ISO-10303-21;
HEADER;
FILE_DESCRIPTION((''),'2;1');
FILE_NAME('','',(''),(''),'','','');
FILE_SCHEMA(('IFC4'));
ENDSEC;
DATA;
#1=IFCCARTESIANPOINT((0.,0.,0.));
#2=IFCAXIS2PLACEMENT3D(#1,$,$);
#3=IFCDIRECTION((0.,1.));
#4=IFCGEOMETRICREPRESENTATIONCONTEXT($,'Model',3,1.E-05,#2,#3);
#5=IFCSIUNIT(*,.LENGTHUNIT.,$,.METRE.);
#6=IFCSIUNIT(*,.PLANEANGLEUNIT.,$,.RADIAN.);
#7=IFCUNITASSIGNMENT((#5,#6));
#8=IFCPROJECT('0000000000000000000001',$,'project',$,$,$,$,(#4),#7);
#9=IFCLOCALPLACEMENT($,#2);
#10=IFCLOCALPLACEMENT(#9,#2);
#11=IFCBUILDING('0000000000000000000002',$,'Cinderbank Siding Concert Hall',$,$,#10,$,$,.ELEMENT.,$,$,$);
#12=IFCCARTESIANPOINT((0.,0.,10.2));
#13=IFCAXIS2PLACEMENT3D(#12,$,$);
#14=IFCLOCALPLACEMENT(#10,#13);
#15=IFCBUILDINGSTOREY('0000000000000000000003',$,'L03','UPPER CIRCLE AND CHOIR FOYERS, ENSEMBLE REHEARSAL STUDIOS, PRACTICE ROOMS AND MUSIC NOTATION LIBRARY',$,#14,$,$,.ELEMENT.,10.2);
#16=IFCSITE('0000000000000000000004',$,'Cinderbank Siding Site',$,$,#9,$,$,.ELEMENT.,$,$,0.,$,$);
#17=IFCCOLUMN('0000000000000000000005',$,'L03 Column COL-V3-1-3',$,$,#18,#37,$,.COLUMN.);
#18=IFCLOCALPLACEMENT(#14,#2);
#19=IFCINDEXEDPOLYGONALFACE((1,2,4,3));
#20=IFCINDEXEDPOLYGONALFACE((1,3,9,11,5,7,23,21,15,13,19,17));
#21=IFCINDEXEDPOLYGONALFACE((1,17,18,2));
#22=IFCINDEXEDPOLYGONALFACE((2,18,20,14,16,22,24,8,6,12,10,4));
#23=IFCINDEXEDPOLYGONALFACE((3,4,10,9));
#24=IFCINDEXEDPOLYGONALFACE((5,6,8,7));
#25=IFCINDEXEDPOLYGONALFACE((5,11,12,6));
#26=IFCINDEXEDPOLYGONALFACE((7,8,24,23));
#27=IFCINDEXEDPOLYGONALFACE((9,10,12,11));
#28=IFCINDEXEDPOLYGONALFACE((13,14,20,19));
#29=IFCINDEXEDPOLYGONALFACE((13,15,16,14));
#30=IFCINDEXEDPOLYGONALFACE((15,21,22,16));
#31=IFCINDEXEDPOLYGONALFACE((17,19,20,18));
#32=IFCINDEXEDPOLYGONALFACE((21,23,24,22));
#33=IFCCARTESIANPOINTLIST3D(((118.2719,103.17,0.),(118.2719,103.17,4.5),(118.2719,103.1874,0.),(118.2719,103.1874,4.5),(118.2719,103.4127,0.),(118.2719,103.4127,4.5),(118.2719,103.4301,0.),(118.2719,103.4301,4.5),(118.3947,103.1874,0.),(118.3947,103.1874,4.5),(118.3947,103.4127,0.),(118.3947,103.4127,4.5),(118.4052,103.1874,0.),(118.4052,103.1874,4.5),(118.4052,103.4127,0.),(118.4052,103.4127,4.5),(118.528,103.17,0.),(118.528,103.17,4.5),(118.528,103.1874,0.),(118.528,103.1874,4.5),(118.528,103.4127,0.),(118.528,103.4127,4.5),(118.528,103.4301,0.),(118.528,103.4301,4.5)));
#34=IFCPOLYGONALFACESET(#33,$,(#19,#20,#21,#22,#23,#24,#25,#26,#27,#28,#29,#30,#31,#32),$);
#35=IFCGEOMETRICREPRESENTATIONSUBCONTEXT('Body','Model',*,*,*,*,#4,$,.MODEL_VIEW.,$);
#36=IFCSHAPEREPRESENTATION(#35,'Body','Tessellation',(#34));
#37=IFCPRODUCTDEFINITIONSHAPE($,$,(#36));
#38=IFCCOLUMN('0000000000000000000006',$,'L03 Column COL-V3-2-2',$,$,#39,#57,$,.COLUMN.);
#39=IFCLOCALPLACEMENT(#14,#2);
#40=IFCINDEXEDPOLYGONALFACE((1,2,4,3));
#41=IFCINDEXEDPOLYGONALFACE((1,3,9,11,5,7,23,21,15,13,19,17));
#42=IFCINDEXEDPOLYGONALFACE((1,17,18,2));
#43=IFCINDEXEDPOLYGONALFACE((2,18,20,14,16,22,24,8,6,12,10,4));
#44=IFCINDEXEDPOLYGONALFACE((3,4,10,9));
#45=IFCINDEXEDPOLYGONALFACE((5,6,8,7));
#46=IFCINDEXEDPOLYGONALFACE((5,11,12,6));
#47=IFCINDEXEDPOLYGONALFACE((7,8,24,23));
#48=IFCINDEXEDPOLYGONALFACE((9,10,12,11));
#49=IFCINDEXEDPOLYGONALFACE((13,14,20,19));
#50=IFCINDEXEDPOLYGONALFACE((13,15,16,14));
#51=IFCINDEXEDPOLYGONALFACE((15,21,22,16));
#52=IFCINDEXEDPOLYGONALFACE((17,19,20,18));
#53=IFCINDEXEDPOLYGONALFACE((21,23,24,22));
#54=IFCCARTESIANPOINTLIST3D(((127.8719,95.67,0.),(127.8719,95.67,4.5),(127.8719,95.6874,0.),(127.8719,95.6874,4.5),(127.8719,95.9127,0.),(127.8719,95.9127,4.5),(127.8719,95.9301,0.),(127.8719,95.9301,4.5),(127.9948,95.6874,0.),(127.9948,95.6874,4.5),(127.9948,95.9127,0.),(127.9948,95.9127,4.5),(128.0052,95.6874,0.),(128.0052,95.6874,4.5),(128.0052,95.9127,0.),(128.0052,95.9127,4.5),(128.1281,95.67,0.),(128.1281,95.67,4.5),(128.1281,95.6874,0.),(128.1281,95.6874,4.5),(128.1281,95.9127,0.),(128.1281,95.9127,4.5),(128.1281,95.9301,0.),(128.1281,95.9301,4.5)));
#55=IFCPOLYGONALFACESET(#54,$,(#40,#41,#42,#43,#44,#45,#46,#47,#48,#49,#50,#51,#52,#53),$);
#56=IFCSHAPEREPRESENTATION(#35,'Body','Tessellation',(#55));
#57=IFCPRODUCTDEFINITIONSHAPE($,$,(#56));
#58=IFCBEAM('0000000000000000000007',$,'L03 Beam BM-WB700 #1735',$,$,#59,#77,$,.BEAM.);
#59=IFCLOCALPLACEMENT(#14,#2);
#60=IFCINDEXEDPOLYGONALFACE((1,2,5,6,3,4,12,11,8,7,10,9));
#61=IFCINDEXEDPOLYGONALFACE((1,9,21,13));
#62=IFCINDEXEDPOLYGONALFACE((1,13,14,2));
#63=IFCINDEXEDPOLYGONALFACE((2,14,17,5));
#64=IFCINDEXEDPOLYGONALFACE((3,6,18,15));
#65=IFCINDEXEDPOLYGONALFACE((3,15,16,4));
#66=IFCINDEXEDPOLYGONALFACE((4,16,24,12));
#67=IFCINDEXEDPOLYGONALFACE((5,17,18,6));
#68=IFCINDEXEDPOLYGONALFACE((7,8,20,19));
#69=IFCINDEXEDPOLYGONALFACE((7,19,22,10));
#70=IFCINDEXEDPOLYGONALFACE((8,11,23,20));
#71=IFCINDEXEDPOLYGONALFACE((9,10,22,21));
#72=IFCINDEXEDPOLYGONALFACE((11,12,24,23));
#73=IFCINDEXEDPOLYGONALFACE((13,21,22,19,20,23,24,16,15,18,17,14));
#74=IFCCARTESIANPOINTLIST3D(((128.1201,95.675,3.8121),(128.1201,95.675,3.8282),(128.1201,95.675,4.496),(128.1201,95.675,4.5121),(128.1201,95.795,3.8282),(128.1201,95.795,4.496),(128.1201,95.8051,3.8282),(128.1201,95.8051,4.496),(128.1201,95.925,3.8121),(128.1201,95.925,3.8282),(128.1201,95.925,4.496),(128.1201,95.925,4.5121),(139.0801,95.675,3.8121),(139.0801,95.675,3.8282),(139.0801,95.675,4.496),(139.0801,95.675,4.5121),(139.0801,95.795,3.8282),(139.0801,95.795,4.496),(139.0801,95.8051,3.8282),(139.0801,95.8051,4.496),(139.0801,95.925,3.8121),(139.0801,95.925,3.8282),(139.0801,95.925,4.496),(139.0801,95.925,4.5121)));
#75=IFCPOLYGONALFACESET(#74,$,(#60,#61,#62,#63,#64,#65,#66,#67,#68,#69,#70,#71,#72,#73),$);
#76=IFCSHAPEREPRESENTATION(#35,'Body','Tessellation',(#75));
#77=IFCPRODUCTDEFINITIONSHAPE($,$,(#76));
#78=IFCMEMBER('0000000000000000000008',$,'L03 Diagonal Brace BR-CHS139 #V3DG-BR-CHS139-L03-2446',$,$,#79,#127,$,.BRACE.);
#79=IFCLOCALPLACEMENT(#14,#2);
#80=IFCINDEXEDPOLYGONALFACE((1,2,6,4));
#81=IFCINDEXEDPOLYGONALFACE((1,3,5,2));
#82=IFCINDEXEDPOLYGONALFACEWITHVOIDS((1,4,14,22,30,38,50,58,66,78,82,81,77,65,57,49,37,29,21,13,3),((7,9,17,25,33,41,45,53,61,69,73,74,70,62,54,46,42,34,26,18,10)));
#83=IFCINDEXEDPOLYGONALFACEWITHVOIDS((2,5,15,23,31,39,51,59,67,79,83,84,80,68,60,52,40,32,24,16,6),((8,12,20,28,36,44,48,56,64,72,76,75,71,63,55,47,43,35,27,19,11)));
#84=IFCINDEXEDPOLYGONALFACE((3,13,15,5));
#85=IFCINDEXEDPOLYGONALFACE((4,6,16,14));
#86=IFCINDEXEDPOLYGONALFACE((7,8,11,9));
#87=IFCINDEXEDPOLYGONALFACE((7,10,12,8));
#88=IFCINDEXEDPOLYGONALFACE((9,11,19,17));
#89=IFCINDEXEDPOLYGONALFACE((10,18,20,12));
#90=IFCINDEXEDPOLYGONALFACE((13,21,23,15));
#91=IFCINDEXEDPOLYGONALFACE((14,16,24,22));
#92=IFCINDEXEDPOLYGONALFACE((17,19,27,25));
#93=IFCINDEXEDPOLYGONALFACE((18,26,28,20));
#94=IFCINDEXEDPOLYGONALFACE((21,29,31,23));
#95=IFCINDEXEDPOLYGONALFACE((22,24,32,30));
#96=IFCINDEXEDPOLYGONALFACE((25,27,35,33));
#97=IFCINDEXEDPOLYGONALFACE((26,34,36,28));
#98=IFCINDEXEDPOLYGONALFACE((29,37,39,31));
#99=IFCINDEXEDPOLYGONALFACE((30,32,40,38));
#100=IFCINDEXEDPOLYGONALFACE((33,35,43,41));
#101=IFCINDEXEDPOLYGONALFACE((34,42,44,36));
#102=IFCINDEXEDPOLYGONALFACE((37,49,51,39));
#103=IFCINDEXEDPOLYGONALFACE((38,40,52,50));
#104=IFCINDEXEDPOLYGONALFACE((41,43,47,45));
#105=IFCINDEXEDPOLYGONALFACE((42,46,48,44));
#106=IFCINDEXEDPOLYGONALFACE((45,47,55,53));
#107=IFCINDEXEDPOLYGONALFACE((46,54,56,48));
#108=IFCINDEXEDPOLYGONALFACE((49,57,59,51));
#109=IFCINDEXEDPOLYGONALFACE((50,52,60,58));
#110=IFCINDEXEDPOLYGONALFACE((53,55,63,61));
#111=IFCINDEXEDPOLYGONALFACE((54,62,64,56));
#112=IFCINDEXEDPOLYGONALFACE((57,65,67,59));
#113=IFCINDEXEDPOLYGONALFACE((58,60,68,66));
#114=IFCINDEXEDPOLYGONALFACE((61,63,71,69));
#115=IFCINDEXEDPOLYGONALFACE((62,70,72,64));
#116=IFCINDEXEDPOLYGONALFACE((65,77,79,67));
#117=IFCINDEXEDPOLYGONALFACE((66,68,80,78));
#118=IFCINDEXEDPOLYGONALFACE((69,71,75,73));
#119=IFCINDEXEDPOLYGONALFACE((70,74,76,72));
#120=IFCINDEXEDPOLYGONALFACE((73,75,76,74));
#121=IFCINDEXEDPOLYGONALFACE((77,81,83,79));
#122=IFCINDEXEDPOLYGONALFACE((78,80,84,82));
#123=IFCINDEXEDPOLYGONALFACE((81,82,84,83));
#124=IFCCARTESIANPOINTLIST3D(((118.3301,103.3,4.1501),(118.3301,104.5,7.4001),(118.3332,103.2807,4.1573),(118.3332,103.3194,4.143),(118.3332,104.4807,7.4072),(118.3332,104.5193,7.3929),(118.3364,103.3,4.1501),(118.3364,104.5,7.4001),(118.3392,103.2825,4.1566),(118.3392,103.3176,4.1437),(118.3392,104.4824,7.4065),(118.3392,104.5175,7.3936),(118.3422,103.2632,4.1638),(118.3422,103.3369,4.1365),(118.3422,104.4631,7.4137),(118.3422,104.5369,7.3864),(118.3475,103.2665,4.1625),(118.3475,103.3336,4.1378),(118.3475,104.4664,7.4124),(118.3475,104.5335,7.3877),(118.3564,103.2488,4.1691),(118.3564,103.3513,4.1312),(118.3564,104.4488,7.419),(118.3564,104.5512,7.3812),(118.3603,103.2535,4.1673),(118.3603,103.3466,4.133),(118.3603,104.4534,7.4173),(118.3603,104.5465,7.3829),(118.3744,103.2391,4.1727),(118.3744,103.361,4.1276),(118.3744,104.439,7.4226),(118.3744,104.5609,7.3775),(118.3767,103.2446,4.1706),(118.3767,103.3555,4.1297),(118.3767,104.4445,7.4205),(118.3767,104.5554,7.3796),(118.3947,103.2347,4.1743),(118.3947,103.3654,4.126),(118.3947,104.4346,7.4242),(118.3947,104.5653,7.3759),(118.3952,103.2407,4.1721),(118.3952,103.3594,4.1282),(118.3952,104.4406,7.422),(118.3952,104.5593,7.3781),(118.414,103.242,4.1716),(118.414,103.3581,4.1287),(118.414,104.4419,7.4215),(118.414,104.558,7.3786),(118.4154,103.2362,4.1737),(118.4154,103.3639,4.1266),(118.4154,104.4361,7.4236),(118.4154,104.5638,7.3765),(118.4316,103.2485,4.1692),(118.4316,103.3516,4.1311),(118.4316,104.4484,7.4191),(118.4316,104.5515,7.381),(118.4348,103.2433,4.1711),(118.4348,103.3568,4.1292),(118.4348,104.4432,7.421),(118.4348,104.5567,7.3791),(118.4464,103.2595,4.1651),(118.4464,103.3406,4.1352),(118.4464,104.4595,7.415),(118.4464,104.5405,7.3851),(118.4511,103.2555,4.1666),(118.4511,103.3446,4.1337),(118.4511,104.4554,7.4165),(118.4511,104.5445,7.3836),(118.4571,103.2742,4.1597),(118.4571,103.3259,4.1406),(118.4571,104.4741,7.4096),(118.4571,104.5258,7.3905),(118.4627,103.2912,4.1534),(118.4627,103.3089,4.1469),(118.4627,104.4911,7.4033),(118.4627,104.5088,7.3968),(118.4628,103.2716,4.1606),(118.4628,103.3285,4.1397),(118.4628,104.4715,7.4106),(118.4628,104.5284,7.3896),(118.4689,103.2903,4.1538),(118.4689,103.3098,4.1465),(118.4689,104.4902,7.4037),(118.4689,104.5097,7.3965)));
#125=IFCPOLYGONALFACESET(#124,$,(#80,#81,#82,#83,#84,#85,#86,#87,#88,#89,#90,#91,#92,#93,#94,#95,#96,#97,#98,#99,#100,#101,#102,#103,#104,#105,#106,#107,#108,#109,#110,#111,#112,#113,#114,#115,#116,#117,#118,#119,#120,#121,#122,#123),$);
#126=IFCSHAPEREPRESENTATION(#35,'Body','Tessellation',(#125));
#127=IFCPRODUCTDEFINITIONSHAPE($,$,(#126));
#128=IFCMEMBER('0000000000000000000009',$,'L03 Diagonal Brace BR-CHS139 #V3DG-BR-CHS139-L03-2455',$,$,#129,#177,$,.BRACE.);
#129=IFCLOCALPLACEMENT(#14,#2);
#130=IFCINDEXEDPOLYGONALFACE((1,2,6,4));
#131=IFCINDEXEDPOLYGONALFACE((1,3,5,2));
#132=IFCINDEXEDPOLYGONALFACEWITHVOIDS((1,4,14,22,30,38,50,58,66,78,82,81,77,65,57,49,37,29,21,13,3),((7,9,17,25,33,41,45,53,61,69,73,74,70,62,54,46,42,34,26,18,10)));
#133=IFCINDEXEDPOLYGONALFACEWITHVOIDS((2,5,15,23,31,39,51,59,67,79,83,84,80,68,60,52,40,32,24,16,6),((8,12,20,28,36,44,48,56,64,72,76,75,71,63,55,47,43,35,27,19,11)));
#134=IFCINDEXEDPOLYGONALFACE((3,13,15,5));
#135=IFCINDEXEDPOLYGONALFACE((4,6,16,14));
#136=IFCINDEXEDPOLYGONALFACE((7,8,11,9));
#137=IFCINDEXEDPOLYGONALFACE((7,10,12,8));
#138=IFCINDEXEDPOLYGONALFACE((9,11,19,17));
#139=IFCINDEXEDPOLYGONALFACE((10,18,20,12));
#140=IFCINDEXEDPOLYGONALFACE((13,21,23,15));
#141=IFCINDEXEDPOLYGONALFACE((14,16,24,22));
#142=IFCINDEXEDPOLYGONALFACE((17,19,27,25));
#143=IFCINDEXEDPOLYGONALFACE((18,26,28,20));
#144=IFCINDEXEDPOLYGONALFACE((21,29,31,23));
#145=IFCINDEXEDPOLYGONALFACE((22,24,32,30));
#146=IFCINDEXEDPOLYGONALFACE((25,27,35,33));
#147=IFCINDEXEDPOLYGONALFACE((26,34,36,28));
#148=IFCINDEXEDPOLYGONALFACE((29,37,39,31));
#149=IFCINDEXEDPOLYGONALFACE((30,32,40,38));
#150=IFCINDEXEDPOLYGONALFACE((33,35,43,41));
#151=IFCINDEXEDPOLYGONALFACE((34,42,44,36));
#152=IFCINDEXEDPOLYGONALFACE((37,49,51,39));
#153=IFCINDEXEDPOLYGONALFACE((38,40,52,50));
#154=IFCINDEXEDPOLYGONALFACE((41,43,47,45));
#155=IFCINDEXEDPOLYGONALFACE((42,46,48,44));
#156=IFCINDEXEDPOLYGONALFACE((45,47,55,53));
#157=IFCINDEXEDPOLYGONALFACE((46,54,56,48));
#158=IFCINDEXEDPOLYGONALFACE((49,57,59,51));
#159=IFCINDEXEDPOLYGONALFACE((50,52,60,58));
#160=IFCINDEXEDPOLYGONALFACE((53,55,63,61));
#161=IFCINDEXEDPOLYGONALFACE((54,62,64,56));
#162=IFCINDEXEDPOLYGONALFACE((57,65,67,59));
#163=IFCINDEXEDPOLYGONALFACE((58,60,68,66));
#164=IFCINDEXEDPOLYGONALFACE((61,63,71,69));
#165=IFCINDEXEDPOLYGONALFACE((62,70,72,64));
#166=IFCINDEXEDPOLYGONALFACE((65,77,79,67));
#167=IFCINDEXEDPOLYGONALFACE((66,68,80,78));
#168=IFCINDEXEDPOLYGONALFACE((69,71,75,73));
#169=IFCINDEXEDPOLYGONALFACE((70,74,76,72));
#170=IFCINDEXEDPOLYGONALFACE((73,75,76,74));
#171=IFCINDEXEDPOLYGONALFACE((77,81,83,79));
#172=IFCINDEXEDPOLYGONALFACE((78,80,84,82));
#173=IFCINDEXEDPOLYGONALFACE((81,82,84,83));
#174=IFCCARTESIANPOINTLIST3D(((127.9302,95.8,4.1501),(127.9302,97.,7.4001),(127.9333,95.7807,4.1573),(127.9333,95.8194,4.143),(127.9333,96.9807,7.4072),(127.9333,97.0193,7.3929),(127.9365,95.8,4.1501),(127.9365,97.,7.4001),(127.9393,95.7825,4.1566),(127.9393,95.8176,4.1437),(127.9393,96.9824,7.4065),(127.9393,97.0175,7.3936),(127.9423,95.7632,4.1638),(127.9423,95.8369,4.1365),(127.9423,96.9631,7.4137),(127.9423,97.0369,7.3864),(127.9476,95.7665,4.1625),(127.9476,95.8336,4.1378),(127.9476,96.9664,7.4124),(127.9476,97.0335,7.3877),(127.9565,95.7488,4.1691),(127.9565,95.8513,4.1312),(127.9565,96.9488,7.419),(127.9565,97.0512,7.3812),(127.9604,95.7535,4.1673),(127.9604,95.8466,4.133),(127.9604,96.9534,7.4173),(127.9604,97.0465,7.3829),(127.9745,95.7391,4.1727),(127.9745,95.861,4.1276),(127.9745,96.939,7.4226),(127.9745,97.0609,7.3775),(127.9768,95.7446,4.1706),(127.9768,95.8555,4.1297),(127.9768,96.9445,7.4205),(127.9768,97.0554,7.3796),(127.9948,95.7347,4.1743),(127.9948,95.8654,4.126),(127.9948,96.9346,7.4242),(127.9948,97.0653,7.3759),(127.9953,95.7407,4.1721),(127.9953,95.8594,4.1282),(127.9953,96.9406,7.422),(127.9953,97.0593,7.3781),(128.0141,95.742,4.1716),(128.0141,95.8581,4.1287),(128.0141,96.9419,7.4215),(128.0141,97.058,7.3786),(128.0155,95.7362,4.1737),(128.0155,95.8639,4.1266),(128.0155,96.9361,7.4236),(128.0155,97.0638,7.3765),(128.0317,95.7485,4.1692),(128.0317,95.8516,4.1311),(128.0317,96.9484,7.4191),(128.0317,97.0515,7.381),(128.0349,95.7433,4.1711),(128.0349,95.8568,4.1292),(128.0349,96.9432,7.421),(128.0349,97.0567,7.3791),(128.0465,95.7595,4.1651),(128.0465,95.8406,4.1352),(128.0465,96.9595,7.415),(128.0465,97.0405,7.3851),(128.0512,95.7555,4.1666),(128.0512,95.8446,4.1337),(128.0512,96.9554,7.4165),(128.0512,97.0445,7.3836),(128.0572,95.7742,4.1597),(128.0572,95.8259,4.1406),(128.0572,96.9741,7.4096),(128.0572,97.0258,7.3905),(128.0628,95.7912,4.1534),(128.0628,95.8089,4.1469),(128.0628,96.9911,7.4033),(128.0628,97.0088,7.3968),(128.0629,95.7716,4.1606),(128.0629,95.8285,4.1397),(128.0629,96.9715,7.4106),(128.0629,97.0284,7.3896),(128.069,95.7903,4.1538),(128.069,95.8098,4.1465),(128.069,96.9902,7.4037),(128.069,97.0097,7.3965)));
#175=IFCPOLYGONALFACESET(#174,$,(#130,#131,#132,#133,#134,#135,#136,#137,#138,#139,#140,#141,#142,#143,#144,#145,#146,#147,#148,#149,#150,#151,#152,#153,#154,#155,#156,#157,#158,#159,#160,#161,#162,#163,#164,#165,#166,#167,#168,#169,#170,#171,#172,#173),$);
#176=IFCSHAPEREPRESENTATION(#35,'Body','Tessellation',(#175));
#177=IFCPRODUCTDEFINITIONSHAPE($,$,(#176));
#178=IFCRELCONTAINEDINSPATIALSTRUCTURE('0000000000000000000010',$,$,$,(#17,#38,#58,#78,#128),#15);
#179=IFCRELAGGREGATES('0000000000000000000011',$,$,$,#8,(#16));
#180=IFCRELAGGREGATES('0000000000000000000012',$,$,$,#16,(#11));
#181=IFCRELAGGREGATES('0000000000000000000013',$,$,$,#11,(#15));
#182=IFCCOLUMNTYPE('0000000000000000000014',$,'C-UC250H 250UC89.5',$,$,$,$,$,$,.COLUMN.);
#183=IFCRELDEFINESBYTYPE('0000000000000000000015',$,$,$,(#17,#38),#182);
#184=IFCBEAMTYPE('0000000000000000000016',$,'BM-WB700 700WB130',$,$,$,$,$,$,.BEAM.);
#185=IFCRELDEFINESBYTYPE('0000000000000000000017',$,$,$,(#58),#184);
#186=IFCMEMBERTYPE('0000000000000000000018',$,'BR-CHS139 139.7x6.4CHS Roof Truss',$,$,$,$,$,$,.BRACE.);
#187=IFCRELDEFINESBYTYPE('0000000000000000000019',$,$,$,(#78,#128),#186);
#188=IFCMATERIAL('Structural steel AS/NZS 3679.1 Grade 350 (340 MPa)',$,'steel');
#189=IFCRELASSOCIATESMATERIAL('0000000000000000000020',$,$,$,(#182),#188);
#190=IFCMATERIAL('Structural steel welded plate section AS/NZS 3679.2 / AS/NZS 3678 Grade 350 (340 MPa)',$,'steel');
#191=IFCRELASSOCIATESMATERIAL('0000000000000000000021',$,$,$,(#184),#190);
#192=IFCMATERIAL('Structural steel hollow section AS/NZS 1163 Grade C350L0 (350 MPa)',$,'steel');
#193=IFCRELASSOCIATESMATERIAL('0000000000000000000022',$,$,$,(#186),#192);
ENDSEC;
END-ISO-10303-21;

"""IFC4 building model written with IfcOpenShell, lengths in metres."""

from ifc_helpers import new_model, si_unit, direction, frame, origin, origin_2d, place, context, subcontext, project, spatial, hollow_circle, i_section, extrude, material, material_profile, profile_set, type_object, element, save


model = new_model("IFC4")

# Units and contexts
model_context = context("Model", 3, precision=1e-05, world=origin(), true_north=direction((0.0, 1.0)))
body_context = subcontext(model_context, "Body", "Model", "MODEL_VIEW")
ifc_project = project(units=[si_unit("LENGTHUNIT", "METRE"), si_unit("PLANEANGLEUNIT", "RADIAN")], contexts=[model_context])

# Site, building, storey
site_placement = place(None, origin())
site = spatial("IfcSite", under=ifc_project, at=site_placement, Name="Cinderbank Siding Site", CompositionType="ELEMENT", RefElevation=0.0)
building_placement = place(site_placement, origin())
building = spatial("IfcBuilding", under=site, at=building_placement, Name="Cinderbank Siding Concert Hall", CompositionType="ELEMENT")
storey_placement = place(building_placement, frame((0.0, 0.0, 10.2)))
storey = spatial("IfcBuildingStorey", under=building, at=storey_placement, Name="L03", Description="UPPER CIRCLE AND CHOIR FOYERS, ENSEMBLE REHEARSAL STUDIOS, PRACTICE ROOMS AND MUSIC NOTATION LIBRARY", CompositionType="ELEMENT", Elevation=10.2)

# Columns
ifc_material_1 = material(Name="Structural steel AS/NZS 3679.1 Grade 350 (340 MPa)", Category="steel")
ifc_material_profile_1 = material_profile(ifc_material_1, i_section(OverallWidth=0.2561, OverallDepth=0.26, WebThickness=0.0105, FlangeThickness=0.0173, at=origin_2d()), Name="250UC89.5", Category="LoadBearing")
ifc_profile_set_1 = profile_set([ifc_material_profile_1], Name="Structural steel AS/NZS 3679.1 Grade 350 (340 MPa)")
column_type = type_object("IfcColumnType", Name="C-UC250H 250UC89.5", PredefinedType="COLUMN", material=ifc_profile_set_1)
for number, where, z_axis, x_axis, name in (
    (1, (118.3999, 103.3, 0.0), (0.0, 0.0, 1.0), (1.0, 0.0, 0.0), "L03 Column COL-V3-1-3"),
    (2, (128.0, 95.8, 0.0), (0.0, 0.0, 1.0), (1.0, 0.0, 0.0), "L03 Column COL-V3-2-2"),
):
    element("IfcColumn", number, at=place(storey_placement, frame(where, z_axis=z_axis, x_axis=x_axis)), inside=storey, type_object=column_type, Name=name, PredefinedType="COLUMN", context=body_context, shape_type="SweptSolid", body=[
        extrude(i_section(OverallWidth=0.2561, OverallDepth=0.26, WebThickness=0.0105, FlangeThickness=0.0173, at=origin_2d()), origin(), (0.0, 0.0, 1.0), 4.5),
    ])

# Beam
ifc_material_2 = material(Name="Structural steel welded plate section AS/NZS 3679.2 / AS/NZS 3678 Grade 350 (340 MPa)", Category="steel")
ifc_material_profile_2 = material_profile(ifc_material_2, i_section(OverallWidth=0.25, OverallDepth=0.7, WebThickness=0.01, FlangeThickness=0.0161, at=origin_2d()), Name="700WB130", Category="LoadBearing")
ifc_profile_set_2 = profile_set([ifc_material_profile_2], Name="Structural steel welded plate section AS/NZS 3679.2 / AS/NZS 3678 Grade 350 (340 MPa)")
beam_type = type_object("IfcBeamType", Name="BM-WB700 700WB130", PredefinedType="BEAM", material=ifc_profile_set_2)
beam_placement = place(storey_placement, frame((128.1201, 95.8, 4.1621), z_axis=(1.0, 0.0, 0.0), x_axis=(0.0, 1.0, 0.0)))
element("IfcBeam", 3, at=beam_placement, inside=storey, type_object=beam_type, Name="L03 Beam BM-WB700 #1735", PredefinedType="BEAM", context=body_context, shape_type="SweptSolid", body=[
    extrude(i_section(OverallWidth=0.25, OverallDepth=0.7, WebThickness=0.01, FlangeThickness=0.0161, at=origin_2d()), origin(), (0.0, 0.0, 1.0), 10.96),
])

# Members
ifc_material_3 = material(Name="Structural steel hollow section AS/NZS 1163 Grade C350L0 (350 MPa)", Category="steel")
ifc_material_profile_3 = material_profile(ifc_material_3, hollow_circle(Radius=0.0698, WallThickness=0.0063, at=origin_2d()), Name="139.7x6.4CHS", Category="LoadBearing")
ifc_profile_set_3 = profile_set([ifc_material_profile_3], Name="Structural steel hollow section AS/NZS 1163 Grade C350L0 (350 MPa)")
member_type_1 = type_object("IfcMemberType", Name="BR-CHS139 139.7x6.4CHS Roof Truss", PredefinedType="BRACE", material=ifc_profile_set_3)
for number, where, z_axis, x_axis, name in (
    (4, (118.3999, 103.3, 4.1501), (0.0, 0.346362, 0.938101), (-1.0, 0.0, 0.0), "L03 Diagonal Brace BR-CHS139 #V3DG-BR-CHS139-L03-2446"),
    (5, (128.0, 95.8, 4.1501), (0.0, 0.346362, 0.938101), (-1.0, 0.0, 0.0), "L03 Diagonal Brace BR-CHS139 #V3DG-BR-CHS139-L03-2455"),
):
    element("IfcMember", number, at=place(storey_placement, frame(where, z_axis=z_axis, x_axis=x_axis)), inside=storey, type_object=member_type_1, Name=name, PredefinedType="BRACE", context=body_context, shape_type="SweptSolid", body=[
        extrude(hollow_circle(Radius=0.0698, WallThickness=0.0063, at=origin_2d()), origin(), (0.0, 0.0, 1.0), 3.4644),
    ])

save(model, "model.ifc")
